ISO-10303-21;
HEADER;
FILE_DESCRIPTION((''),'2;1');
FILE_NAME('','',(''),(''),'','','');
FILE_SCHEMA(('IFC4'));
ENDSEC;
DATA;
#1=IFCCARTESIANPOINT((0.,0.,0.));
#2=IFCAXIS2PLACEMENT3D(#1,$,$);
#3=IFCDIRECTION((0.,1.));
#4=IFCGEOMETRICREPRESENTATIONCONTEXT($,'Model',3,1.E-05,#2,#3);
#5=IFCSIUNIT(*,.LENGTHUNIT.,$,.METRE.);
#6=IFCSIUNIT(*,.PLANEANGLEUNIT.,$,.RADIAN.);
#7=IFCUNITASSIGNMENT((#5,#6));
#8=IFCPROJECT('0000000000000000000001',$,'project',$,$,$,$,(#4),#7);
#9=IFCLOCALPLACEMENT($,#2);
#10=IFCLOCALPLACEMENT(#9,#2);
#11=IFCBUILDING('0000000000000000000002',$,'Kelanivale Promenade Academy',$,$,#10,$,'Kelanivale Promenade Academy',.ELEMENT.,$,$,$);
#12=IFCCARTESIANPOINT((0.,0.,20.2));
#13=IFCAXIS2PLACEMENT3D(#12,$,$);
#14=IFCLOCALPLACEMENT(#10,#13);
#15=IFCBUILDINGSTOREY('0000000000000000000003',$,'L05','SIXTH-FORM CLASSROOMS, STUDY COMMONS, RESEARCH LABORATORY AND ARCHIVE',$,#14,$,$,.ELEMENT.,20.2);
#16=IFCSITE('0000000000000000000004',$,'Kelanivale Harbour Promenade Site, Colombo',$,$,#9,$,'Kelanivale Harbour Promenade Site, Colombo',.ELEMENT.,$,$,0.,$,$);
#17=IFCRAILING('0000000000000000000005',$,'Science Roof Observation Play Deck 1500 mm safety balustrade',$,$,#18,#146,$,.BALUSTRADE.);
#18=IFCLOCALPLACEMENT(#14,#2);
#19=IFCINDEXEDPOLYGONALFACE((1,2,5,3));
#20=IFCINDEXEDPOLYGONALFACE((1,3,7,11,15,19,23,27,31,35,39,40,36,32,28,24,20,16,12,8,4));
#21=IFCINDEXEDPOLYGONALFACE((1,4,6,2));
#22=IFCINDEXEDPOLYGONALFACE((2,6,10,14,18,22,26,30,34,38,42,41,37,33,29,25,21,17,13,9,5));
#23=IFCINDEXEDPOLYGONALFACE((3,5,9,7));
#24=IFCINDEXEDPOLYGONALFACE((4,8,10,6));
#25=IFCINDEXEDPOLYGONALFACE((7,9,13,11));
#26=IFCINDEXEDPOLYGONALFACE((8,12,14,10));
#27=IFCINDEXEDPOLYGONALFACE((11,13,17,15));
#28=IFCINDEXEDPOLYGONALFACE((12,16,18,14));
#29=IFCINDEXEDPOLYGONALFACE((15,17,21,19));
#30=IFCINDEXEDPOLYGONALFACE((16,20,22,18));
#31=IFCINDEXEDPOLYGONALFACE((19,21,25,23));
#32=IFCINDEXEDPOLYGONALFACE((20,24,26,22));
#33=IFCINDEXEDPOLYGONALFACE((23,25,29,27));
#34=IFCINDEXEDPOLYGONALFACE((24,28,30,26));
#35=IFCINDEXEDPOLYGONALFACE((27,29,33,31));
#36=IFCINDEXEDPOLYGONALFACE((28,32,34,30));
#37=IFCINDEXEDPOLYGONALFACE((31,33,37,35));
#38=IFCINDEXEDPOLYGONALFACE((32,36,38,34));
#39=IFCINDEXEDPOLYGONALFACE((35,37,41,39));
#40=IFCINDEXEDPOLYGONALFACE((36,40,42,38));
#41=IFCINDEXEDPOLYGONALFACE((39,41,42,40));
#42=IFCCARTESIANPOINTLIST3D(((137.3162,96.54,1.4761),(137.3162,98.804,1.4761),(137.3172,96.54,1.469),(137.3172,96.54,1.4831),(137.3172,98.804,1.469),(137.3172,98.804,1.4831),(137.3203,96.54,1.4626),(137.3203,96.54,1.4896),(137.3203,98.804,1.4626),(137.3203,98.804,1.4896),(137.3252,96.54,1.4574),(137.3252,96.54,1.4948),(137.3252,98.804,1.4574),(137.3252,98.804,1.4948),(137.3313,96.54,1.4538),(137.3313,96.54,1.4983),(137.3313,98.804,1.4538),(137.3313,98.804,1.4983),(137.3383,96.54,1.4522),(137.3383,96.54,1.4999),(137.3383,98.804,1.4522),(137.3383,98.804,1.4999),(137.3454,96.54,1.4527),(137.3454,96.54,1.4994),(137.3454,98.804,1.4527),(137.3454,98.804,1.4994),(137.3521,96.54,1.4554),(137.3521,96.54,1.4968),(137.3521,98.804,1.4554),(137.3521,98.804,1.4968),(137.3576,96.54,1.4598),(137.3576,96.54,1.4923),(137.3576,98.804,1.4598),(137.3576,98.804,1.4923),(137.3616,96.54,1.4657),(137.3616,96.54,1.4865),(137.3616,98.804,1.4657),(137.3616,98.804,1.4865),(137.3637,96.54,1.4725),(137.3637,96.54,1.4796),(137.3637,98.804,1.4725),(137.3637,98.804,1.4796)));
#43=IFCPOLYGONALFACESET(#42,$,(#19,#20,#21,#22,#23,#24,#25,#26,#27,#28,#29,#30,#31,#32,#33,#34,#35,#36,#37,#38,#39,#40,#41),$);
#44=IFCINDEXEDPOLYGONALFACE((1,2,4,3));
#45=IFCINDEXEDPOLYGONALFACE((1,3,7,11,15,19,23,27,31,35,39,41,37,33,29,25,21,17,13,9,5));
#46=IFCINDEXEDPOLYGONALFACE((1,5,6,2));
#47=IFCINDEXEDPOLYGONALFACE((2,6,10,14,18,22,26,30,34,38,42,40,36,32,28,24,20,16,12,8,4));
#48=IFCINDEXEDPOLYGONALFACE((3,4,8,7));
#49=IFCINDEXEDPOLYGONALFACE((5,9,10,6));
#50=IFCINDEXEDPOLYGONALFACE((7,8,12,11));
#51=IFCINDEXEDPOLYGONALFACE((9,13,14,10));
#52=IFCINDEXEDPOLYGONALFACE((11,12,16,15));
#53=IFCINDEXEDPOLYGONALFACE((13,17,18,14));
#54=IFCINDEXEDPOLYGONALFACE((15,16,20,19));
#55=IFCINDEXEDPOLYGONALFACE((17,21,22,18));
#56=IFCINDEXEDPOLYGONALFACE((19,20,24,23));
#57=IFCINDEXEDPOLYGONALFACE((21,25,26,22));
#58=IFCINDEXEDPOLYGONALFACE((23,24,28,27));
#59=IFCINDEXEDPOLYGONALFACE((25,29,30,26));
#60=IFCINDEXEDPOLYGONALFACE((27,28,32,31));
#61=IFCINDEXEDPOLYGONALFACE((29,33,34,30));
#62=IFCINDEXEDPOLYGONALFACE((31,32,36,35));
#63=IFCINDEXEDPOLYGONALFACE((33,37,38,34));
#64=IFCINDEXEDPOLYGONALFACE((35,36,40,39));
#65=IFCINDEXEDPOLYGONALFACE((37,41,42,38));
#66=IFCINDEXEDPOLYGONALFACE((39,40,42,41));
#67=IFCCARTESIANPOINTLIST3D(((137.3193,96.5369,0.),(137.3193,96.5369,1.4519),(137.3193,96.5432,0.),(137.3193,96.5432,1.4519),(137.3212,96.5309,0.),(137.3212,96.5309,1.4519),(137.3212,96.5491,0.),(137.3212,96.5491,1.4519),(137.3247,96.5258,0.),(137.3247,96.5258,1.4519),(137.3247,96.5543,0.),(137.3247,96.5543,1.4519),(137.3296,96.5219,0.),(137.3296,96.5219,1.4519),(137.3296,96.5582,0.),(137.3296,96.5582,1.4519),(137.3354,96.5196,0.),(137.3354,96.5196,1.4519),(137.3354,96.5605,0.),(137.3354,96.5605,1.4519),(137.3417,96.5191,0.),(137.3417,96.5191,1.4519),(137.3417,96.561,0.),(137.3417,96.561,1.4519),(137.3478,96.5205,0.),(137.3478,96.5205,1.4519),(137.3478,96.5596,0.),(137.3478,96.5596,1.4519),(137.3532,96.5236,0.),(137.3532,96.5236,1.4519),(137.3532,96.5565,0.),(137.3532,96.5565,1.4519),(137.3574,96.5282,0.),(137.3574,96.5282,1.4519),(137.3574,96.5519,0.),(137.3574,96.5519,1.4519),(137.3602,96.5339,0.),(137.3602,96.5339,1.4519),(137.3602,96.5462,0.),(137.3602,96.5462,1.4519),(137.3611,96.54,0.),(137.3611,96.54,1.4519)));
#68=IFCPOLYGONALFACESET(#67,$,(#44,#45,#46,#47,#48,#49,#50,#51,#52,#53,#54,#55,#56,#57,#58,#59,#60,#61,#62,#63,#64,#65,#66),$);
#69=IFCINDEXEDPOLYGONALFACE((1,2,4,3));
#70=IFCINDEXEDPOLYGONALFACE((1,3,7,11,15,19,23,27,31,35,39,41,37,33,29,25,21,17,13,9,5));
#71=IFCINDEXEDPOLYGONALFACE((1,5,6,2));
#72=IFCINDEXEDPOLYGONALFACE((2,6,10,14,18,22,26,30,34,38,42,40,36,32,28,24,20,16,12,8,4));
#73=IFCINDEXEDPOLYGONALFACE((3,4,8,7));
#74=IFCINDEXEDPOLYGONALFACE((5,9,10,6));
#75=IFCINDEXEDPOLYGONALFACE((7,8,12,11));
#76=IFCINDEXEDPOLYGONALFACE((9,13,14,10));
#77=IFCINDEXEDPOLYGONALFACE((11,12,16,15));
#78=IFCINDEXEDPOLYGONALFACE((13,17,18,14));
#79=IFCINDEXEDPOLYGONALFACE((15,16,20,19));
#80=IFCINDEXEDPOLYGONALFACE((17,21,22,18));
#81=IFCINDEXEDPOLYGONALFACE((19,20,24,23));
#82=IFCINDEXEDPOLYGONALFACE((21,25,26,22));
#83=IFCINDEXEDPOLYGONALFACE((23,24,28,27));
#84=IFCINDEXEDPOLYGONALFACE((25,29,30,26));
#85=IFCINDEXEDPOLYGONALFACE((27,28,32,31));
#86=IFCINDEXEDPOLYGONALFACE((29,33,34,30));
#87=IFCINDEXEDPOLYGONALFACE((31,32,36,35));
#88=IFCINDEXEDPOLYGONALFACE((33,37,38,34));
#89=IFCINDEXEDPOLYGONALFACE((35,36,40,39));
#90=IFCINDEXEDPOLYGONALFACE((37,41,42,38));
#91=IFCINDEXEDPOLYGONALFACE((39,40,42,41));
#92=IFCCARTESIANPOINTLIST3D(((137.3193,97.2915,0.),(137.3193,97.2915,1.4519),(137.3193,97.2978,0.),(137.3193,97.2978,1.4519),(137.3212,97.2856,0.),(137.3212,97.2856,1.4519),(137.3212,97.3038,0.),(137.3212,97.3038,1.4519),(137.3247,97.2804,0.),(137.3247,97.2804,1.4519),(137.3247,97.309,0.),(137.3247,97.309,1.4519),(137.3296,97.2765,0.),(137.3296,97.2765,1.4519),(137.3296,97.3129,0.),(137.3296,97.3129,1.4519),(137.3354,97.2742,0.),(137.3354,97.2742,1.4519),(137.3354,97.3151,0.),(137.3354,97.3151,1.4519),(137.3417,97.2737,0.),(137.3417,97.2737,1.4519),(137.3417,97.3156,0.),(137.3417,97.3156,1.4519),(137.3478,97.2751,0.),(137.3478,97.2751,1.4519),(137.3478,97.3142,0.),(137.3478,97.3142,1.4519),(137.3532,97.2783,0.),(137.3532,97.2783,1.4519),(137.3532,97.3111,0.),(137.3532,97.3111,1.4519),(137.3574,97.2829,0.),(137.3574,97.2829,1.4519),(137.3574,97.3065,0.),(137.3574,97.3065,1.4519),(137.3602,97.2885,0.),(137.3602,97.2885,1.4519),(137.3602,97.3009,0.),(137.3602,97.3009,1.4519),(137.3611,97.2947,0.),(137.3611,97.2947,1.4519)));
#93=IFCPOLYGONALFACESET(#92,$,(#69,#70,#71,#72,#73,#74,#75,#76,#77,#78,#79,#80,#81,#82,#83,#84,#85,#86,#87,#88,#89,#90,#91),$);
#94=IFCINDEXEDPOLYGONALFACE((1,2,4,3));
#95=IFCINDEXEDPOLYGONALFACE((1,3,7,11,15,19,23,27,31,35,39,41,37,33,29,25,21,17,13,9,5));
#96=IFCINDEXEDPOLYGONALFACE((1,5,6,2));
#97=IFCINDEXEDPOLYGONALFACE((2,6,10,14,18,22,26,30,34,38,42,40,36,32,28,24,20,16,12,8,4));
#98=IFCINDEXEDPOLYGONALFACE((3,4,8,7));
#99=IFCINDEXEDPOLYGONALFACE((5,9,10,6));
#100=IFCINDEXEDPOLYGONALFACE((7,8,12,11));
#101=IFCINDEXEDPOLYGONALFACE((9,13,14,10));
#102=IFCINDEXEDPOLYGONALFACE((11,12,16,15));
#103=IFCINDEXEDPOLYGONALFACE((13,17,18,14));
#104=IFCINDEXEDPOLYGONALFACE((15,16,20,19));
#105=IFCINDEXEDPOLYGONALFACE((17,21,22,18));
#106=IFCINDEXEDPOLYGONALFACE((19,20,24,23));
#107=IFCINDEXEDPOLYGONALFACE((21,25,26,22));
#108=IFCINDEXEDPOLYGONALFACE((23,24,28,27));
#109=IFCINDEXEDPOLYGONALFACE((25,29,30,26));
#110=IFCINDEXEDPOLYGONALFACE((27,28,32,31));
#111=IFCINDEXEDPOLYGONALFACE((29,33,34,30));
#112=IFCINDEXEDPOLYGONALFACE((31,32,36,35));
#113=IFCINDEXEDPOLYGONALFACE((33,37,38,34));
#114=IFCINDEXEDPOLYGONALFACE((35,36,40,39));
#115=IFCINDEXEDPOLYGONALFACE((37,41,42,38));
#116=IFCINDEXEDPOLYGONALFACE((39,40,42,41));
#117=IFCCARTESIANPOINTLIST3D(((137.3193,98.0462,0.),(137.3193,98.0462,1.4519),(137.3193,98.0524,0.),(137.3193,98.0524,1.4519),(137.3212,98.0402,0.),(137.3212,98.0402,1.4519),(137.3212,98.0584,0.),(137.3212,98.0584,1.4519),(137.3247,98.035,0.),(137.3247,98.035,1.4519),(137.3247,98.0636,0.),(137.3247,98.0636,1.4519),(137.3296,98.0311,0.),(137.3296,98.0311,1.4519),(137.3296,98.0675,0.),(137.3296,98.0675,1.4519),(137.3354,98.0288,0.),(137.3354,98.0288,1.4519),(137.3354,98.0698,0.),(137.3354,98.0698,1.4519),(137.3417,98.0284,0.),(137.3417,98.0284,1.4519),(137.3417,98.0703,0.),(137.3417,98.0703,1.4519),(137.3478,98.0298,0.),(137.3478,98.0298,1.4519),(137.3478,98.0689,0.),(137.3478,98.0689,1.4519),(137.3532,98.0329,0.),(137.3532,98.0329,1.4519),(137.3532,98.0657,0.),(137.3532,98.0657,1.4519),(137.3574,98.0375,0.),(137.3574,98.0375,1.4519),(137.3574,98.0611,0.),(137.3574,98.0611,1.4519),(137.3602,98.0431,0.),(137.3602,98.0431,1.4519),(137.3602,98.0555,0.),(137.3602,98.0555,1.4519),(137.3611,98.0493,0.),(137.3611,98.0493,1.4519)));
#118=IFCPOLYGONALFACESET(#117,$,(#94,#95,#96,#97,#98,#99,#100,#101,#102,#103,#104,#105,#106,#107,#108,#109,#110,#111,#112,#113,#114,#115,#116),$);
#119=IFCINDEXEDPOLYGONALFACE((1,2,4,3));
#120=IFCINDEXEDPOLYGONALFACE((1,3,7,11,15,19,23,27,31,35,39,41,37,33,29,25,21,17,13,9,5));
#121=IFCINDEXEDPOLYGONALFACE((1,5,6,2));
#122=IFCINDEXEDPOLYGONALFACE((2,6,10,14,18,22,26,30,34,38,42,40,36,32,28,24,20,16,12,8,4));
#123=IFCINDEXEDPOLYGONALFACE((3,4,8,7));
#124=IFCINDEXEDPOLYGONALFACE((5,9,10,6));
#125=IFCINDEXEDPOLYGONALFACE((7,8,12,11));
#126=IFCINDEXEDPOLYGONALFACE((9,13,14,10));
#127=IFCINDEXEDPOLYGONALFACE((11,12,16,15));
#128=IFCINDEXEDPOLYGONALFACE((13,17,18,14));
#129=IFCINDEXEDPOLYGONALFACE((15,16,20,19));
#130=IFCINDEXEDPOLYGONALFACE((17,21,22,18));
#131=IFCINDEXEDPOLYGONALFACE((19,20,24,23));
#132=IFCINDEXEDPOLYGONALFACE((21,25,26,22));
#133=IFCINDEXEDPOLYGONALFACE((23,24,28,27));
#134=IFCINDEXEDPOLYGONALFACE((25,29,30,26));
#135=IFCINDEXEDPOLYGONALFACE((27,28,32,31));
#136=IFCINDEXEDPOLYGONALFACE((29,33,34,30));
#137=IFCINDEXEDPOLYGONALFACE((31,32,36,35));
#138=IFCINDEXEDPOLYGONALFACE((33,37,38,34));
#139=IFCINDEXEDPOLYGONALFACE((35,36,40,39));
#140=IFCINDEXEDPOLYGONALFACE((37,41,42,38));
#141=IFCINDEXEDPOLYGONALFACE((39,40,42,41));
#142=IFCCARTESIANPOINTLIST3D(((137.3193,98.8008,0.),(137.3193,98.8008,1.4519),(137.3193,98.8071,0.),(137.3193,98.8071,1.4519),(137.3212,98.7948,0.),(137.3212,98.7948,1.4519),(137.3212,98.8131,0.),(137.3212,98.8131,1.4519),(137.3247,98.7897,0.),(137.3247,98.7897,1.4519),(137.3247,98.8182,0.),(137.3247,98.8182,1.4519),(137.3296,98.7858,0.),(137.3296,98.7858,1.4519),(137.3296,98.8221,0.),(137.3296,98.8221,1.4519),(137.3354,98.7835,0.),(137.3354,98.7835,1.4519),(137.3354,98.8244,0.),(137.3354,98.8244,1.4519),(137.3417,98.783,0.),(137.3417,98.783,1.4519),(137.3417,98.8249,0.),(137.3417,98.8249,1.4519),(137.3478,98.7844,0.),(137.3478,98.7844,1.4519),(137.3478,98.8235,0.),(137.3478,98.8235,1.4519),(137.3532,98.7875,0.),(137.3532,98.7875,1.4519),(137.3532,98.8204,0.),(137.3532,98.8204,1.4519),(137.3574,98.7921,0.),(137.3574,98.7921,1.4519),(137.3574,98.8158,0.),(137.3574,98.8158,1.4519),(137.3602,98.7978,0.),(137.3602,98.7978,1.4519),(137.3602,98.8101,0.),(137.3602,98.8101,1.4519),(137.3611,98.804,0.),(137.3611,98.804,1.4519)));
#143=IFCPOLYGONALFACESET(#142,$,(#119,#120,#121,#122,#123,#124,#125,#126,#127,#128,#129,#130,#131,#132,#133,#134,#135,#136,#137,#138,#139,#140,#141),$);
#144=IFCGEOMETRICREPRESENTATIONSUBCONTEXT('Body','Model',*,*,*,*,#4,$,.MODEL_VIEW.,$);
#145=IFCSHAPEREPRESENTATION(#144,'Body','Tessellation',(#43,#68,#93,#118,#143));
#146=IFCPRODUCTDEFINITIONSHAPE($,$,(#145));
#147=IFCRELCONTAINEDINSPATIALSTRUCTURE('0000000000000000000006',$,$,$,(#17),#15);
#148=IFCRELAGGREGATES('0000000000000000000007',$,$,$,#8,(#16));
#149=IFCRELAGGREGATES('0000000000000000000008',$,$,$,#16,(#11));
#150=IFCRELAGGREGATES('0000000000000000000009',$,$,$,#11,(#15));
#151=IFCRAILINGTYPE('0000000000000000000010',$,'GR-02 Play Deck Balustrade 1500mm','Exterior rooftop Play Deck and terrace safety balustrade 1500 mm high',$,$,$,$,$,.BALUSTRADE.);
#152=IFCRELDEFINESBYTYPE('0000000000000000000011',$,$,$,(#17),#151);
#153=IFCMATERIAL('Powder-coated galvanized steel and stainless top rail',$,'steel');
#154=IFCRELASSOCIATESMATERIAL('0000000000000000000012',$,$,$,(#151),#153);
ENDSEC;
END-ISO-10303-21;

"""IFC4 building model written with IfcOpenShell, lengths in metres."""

from ifc_helpers import new_model, si_unit, direction, frame, origin, origin_2d, place, context, subcontext, project, spatial, circle, extrude, material, type_object, element, save


model = new_model("IFC4")

# Units and contexts
model_context = context("Model", 3, precision=1e-05, world=origin(), true_north=direction((0.0, 1.0)))
body_context = subcontext(model_context, "Body", "Model", "MODEL_VIEW")
ifc_project = project(units=[si_unit("LENGTHUNIT", "METRE"), si_unit("PLANEANGLEUNIT", "RADIAN")], contexts=[model_context])

# Site, building, storey
site_placement = place(None, origin())
site = spatial("IfcSite", under=ifc_project, at=site_placement, Name="Kelanivale Harbour Promenade Site, Colombo", LongName="Kelanivale Harbour Promenade Site, Colombo", CompositionType="ELEMENT", RefElevation=0.0)
building_placement = place(site_placement, origin())
building = spatial("IfcBuilding", under=site, at=building_placement, Name="Kelanivale Promenade Academy", LongName="Kelanivale Promenade Academy", CompositionType="ELEMENT")
storey_placement = place(building_placement, frame((0.0, 0.0, 20.2)))
storey = spatial("IfcBuildingStorey", under=building, at=storey_placement, Name="L05", Description="SIXTH-FORM CLASSROOMS, STUDY COMMONS, RESEARCH LABORATORY AND ARCHIVE", CompositionType="ELEMENT", Elevation=20.2)

# Railing
ifc_material_1 = material(Name="Powder-coated galvanized steel and stainless top rail", Category="steel")
railing_type = type_object("IfcRailingType", Name="GR-02 Play Deck Balustrade 1500mm", Description="Exterior rooftop Play Deck and terrace safety balustrade 1500 mm high", PredefinedType="BALUSTRADE", material=ifc_material_1)
railing_placement = place(storey_placement, frame((137.3401, 96.54, 0.0)))
element("IfcRailing", 1, at=railing_placement, inside=storey, type_object=railing_type, Name="Science Roof Observation Play Deck 1500 mm safety balustrade", PredefinedType="BALUSTRADE", context=body_context, shape_type="SweptSolid", body=[
    extrude(circle(Radius=0.0239, at=origin_2d()), frame((0.0, 0.0, 1.4761), z_axis=(0.0, 1.0, 0.0), x_axis=(-1.0, 0.0, 0.0)), (0.0, 0.0, 1.0), 2.2639),
    extrude(circle(Radius=0.021, at=origin_2d()), origin(), (0.0, 0.0, 1.0), 1.4519),
    extrude(circle(Radius=0.021, at=origin_2d()), frame((0.0, 0.7546, 0.0)), (0.0, 0.0, 1.0), 1.4519),
    extrude(circle(Radius=0.021, at=origin_2d()), frame((0.0, 1.5093, 0.0)), (0.0, 0.0, 1.0), 1.4519),
    extrude(circle(Radius=0.021, at=origin_2d()), frame((0.0, 2.2639, 0.0)), (0.0, 0.0, 1.0), 1.4519),
])

save(model, "model.ifc")
